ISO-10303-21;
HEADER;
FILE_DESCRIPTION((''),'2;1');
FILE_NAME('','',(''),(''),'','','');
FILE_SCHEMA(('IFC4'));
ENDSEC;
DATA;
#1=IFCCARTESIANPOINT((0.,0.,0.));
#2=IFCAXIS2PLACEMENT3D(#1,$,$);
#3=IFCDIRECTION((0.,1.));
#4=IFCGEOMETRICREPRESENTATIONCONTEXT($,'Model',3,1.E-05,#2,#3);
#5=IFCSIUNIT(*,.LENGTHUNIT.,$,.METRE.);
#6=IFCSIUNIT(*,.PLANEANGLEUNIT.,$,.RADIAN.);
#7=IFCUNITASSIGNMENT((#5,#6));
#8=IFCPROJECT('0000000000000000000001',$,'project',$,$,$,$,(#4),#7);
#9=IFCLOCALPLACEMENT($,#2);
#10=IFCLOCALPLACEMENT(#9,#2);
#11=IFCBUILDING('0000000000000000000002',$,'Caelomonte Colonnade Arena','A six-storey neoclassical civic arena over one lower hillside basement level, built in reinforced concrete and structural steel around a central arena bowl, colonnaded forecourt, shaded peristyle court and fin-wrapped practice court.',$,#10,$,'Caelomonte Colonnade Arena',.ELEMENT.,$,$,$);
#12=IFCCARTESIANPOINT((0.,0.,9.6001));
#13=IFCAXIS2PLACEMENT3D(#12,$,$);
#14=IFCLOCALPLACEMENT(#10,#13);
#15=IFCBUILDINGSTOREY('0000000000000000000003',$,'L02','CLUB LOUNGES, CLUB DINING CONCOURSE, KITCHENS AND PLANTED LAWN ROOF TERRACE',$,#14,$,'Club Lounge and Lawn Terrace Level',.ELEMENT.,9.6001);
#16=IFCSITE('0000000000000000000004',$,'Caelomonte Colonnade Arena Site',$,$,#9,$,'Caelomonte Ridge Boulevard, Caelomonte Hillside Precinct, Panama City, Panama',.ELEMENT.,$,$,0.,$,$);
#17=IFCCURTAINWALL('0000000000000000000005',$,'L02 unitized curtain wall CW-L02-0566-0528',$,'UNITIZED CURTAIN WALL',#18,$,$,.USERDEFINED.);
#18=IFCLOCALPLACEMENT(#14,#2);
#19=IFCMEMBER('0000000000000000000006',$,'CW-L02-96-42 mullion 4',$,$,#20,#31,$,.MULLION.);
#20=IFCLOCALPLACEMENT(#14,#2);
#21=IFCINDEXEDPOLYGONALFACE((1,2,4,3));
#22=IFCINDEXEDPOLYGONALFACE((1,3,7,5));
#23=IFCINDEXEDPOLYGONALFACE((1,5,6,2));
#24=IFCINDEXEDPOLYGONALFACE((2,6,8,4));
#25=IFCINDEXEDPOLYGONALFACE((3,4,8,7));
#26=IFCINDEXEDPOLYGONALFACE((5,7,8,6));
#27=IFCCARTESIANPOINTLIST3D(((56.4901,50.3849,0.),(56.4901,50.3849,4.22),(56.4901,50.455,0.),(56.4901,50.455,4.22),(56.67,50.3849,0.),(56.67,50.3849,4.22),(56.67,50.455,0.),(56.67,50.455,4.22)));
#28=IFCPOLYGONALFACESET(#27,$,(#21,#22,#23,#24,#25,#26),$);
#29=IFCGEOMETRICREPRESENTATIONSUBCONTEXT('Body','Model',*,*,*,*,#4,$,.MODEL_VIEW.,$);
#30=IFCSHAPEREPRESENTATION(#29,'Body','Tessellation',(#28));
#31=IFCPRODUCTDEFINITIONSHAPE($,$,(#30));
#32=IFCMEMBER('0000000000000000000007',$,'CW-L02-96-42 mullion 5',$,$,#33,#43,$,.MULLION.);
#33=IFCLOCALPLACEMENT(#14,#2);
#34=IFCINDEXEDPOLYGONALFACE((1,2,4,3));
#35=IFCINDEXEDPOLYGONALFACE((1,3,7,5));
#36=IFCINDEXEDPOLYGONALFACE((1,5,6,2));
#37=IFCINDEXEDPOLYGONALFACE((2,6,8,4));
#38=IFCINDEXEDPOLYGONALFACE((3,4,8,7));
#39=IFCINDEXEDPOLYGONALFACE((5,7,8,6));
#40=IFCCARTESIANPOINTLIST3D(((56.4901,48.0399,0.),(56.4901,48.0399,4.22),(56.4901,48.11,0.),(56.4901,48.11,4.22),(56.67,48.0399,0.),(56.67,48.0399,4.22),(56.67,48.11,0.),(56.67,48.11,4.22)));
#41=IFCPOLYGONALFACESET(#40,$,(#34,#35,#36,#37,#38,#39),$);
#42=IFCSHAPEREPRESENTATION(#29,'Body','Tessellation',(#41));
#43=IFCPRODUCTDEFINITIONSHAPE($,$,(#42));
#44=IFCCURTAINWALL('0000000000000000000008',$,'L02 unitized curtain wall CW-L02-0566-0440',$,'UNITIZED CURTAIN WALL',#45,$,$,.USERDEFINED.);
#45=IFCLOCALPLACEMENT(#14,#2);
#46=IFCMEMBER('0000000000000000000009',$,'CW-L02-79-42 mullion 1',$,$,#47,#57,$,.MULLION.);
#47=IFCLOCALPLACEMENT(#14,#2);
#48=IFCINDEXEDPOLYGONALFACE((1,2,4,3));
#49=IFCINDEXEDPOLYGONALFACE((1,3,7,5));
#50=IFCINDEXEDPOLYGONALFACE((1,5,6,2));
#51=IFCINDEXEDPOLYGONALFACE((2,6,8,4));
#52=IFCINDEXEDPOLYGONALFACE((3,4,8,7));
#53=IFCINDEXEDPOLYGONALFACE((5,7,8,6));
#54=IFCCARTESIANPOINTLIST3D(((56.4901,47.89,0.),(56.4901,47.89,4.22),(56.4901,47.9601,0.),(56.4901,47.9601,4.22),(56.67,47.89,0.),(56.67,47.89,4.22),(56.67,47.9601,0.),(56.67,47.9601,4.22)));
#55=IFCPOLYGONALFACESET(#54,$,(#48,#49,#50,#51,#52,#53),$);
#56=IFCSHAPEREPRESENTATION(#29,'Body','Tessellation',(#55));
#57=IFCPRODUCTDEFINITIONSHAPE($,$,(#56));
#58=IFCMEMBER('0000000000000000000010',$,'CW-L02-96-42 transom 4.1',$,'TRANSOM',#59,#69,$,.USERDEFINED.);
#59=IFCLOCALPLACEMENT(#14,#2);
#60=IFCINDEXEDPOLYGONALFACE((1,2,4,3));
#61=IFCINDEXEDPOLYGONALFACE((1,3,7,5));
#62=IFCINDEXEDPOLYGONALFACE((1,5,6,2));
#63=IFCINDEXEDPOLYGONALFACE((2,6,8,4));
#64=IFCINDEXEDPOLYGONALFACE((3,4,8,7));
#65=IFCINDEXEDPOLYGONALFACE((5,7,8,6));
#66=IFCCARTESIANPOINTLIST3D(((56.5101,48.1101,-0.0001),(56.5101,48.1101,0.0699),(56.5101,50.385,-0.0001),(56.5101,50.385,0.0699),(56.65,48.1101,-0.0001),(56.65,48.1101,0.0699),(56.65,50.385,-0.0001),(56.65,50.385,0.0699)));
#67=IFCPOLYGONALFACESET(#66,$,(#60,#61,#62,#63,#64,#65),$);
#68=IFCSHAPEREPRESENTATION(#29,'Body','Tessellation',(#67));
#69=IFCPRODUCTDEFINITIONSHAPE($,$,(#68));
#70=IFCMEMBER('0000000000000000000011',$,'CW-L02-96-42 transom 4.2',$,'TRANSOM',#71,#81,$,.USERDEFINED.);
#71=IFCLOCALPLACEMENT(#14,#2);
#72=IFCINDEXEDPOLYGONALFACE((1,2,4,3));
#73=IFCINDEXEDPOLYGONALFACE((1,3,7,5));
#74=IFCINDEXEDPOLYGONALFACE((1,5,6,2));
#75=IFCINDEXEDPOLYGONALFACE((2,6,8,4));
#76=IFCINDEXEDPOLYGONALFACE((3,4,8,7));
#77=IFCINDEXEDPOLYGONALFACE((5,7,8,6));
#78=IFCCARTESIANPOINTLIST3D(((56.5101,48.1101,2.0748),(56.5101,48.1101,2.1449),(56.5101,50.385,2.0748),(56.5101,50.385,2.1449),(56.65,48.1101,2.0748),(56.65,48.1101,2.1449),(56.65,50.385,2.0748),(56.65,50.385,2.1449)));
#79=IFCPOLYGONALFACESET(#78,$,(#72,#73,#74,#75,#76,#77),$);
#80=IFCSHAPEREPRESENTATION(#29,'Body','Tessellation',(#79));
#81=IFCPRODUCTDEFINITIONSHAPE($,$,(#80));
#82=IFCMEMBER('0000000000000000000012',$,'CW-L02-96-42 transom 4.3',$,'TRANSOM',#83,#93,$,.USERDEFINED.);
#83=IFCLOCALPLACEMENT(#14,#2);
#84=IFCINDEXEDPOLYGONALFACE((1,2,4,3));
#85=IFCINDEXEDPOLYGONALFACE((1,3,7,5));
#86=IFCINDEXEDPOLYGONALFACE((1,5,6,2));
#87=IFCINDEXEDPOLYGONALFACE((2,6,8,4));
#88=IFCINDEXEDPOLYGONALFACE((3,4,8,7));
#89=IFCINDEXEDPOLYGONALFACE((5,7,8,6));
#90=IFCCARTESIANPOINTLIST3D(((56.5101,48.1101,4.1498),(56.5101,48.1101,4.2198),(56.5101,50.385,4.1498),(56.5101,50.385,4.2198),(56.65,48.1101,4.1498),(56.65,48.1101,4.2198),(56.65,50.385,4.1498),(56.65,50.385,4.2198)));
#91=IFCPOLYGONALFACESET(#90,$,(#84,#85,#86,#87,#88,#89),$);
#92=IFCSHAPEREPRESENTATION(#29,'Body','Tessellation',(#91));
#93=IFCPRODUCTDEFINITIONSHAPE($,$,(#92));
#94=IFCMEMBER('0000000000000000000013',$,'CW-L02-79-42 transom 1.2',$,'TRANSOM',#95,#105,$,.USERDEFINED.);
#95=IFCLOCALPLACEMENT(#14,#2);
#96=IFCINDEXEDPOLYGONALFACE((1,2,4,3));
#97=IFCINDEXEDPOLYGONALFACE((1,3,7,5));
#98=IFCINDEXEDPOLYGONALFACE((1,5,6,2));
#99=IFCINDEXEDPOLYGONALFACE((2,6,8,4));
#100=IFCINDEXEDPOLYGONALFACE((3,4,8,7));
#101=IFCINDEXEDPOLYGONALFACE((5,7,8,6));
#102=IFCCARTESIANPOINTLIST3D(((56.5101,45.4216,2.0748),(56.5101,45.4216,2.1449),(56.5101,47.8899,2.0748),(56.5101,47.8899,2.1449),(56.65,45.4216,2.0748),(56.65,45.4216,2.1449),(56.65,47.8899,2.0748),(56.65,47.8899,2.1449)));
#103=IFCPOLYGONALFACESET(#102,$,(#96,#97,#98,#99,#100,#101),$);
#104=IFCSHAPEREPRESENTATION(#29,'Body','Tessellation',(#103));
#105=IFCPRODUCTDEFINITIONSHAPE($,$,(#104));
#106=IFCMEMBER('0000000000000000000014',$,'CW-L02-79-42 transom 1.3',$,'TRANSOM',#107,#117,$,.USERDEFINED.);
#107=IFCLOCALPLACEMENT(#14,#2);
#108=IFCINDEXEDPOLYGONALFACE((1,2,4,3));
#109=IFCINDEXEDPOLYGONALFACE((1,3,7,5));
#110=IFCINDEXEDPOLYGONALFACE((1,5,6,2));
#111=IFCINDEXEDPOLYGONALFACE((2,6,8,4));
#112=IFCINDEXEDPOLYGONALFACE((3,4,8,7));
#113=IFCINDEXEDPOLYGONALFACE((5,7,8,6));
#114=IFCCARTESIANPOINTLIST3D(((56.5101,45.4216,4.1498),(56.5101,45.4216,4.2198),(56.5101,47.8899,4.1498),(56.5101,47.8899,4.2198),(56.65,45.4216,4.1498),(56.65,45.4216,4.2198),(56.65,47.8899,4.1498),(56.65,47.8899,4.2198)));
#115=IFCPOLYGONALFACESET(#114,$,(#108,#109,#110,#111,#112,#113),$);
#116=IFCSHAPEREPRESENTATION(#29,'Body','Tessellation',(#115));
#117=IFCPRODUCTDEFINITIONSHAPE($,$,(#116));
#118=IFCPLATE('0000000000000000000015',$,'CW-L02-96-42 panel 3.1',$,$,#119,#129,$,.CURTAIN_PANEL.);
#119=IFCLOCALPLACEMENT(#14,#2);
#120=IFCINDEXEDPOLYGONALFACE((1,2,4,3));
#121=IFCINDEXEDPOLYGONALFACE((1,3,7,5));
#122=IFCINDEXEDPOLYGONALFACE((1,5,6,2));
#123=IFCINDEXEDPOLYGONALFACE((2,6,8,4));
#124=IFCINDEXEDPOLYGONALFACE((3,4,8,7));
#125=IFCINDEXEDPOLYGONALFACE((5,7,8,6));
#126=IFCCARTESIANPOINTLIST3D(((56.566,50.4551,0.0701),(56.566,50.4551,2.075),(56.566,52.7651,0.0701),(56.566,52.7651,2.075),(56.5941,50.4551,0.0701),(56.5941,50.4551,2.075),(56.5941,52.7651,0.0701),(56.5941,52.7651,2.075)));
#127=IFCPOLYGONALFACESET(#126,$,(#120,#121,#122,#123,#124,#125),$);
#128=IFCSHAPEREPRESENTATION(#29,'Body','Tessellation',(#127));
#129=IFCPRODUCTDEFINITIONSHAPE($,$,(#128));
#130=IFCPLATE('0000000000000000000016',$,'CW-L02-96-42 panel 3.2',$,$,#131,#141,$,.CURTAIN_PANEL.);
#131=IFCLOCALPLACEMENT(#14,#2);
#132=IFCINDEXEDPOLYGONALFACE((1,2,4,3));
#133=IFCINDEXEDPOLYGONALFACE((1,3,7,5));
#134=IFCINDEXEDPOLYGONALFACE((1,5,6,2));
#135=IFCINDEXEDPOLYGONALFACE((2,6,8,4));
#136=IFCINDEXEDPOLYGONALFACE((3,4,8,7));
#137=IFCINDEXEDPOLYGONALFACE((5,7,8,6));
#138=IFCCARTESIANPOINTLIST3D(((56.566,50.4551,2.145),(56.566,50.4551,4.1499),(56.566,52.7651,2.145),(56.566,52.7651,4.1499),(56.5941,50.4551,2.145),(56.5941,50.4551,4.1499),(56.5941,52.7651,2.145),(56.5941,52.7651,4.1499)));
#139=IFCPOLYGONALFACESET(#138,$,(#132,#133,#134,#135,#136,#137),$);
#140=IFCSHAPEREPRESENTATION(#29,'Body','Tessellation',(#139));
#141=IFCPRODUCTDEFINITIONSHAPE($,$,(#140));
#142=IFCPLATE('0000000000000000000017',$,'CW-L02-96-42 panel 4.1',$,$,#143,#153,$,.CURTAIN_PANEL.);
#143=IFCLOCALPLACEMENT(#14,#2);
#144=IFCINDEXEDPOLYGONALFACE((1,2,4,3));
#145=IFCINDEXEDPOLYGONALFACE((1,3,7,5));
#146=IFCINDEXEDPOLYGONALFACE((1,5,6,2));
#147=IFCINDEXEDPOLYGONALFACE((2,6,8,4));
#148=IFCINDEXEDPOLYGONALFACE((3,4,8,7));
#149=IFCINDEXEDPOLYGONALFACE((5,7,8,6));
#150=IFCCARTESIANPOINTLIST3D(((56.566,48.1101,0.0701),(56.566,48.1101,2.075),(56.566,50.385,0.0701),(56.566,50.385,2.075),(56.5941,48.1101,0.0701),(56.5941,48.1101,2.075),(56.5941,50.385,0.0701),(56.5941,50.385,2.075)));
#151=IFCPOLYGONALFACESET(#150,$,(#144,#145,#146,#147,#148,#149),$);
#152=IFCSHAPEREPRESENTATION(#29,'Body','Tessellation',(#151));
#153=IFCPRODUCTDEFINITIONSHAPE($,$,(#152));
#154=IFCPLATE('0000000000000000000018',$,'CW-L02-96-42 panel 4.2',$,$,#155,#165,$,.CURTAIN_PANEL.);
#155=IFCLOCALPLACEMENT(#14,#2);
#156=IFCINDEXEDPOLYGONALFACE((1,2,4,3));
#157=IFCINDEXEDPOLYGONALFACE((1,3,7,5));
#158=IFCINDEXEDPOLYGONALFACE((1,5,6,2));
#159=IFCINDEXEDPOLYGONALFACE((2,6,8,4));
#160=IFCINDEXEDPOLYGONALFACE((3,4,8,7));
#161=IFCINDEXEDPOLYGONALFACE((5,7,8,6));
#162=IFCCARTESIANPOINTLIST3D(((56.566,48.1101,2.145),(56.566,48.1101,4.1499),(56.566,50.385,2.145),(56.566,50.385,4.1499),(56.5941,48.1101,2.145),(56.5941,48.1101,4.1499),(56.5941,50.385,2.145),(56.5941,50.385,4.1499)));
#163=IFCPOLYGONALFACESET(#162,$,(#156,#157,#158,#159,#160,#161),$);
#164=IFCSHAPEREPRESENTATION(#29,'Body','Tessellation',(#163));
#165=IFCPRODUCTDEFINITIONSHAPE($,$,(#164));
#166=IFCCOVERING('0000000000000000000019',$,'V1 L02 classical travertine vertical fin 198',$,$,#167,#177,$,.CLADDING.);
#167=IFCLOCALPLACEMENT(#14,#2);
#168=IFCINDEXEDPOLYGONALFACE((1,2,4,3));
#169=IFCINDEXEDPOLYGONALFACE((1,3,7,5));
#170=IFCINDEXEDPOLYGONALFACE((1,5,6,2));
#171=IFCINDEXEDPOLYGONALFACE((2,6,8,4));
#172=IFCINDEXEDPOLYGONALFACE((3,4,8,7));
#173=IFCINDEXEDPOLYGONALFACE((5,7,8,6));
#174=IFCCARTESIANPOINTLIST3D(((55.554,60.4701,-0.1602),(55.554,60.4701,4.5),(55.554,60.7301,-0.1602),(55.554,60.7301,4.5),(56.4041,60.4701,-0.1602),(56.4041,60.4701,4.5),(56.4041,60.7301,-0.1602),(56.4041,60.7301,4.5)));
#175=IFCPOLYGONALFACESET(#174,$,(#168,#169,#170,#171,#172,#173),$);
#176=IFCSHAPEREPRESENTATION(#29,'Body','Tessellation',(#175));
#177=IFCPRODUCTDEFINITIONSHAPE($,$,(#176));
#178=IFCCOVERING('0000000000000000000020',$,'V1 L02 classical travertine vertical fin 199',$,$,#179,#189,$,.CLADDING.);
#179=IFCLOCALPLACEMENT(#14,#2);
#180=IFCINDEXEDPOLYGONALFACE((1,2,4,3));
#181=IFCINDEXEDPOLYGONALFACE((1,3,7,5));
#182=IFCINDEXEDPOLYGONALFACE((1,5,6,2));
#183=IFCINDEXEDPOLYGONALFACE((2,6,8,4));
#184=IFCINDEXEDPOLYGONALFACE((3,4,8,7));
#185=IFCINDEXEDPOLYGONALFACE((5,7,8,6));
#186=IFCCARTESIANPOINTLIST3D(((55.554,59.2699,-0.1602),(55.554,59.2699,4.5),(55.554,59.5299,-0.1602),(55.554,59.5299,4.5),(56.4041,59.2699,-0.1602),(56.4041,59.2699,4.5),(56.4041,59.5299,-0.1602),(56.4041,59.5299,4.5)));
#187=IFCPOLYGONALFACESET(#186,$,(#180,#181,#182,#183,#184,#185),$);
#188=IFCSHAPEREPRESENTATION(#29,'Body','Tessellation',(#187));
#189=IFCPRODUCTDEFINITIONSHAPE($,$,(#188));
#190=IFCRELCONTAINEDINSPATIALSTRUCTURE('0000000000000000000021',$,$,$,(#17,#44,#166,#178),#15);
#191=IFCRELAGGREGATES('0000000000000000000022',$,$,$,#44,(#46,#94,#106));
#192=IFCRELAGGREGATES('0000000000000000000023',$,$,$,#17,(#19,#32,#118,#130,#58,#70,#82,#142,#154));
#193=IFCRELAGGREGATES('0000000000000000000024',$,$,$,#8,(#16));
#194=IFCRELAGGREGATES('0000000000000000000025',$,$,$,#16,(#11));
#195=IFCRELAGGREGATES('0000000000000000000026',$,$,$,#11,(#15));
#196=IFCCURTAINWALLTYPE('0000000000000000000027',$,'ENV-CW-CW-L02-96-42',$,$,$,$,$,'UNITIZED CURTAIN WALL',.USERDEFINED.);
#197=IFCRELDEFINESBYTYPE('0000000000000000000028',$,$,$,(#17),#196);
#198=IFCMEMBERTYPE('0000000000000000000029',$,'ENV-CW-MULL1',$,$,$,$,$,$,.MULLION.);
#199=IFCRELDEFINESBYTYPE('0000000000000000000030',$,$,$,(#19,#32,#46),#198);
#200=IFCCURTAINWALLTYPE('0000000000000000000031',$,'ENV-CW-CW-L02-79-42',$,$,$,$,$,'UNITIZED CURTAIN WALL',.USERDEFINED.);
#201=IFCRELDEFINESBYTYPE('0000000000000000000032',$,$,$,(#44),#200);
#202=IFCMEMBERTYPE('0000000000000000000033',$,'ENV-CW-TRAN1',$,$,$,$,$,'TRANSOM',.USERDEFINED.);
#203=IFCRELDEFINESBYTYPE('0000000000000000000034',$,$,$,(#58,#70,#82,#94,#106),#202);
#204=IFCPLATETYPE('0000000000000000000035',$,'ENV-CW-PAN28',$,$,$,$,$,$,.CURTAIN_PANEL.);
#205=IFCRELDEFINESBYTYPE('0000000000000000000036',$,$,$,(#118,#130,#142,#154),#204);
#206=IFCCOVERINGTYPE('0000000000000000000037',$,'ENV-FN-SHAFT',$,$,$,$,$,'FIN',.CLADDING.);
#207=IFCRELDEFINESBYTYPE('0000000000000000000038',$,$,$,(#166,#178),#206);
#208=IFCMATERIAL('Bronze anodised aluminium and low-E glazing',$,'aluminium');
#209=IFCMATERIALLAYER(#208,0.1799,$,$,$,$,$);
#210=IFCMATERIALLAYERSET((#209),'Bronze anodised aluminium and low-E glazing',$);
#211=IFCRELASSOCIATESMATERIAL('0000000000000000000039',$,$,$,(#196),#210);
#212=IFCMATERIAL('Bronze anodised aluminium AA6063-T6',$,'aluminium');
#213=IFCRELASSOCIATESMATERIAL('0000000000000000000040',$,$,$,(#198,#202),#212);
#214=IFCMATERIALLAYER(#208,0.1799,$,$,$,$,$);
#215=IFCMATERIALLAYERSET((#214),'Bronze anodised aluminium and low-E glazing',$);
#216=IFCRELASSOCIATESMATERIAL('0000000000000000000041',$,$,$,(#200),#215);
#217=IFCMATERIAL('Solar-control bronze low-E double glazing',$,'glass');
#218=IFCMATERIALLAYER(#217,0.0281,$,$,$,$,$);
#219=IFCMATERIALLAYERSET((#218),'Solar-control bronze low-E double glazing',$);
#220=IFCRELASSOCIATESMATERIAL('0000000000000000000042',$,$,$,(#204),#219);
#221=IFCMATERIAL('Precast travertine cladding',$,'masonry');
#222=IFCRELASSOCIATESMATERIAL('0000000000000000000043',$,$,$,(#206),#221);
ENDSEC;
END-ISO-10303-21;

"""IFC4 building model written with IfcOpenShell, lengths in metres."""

from ifc_helpers import new_model, si_unit, direction, frame, origin, origin_2d, place, context, subcontext, project, spatial, rectangle, extrude, material, layer, layer_set, material_profile, profile_set, type_object, element, aggregate, save


model = new_model("IFC4")

# Units and contexts
model_context = context("Model", 3, precision=1e-05, world=origin(), true_north=direction((0.0, 1.0)))
body_context = subcontext(model_context, "Body", "Model", "MODEL_VIEW")
ifc_project = project(units=[si_unit("LENGTHUNIT", "METRE"), si_unit("PLANEANGLEUNIT", "RADIAN")], contexts=[model_context])

# Site, building, storey
site_placement = place(None, origin())
site = spatial("IfcSite", under=ifc_project, at=site_placement, Name="Caelomonte Colonnade Arena Site", LongName="Caelomonte Ridge Boulevard, Caelomonte Hillside Precinct, Panama City, Panama", CompositionType="ELEMENT", RefElevation=0.0)
building_placement = place(site_placement, origin())
building = spatial("IfcBuilding", under=site, at=building_placement, Name="Caelomonte Colonnade Arena", Description="A six-storey neoclassical civic arena over one lower hillside basement level, built in reinforced concrete and structural steel around a central arena bowl, colonnaded forecourt, shaded peristyle court and fin-wrapped practice court.", LongName="Caelomonte Colonnade Arena", CompositionType="ELEMENT")
storey_placement = place(building_placement, frame((0.0, 0.0, 9.6001)))
storey = spatial("IfcBuildingStorey", under=building, at=storey_placement, Name="L02", Description="CLUB LOUNGES, CLUB DINING CONCOURSE, KITCHENS AND PLANTED LAWN ROOF TERRACE", LongName="Club Lounge and Lawn Terrace Level", CompositionType="ELEMENT", Elevation=9.6001)

# Curtain wall, members
ifc_material_1 = material(Name="Bronze anodised aluminium and low-E glazing", Category="aluminium")
ifc_layer_1 = layer(ifc_material_1, 0.1799)
ifc_layer_set_1 = layer_set([ifc_layer_1], Name="Bronze anodised aluminium and low-E glazing")
curtain_wall_type_1 = type_object("IfcCurtainWallType", Name="ENV-CW-CW-L02-96-42", ElementType="UNITIZED CURTAIN WALL", PredefinedType="USERDEFINED", material=ifc_layer_set_1)
curtain_wall_1_placement = place(storey_placement, origin())
curtain_wall_1 = element("IfcCurtainWall", 1, at=curtain_wall_1_placement, inside=storey, type_object=curtain_wall_type_1, Name="L02 unitized curtain wall CW-L02-0566-0528", ObjectType="UNITIZED CURTAIN WALL", PredefinedType="USERDEFINED")
ifc_material_2 = material(Name="Bronze anodised aluminium AA6063-T6", Category="aluminium")
ifc_material_profile_1 = material_profile(ifc_material_2, rectangle(XDim=0.0701, YDim=0.1799, at=origin_2d()), Name="CWM-70X180")
ifc_profile_set_1 = profile_set([ifc_material_profile_1], Name="Bronze anodised aluminium AA6063-T6")
member_type_1 = type_object("IfcMemberType", Name="ENV-CW-MULL1", PredefinedType="MULLION", material=ifc_profile_set_1)
member_1_placement = place(storey_placement, frame((56.5801, 50.4199, 0.0), z_axis=(0.0, 0.0, 1.0), x_axis=(0.0, -1.0, 0.0)))
member_1 = element("IfcMember", 2, at=member_1_placement, type_object=member_type_1, Name="CW-L02-96-42 mullion 4", PredefinedType="MULLION", context=body_context, shape_type="SweptSolid", body=[
    extrude(rectangle(XDim=0.0701, YDim=0.1799, at=origin_2d()), origin(), (0.0, 0.0, 1.0), 4.22),
])
member_2_placement = place(storey_placement, frame((56.5801, 48.075, 0.0), z_axis=(0.0, 0.0, 1.0), x_axis=(0.0, -1.0, 0.0)))
member_2 = element("IfcMember", 3, at=member_2_placement, type_object=member_type_1, Name="CW-L02-96-42 mullion 5", PredefinedType="MULLION", context=body_context, shape_type="SweptSolid", body=[
    extrude(rectangle(XDim=0.0701, YDim=0.1799, at=origin_2d()), origin(), (0.0, 0.0, 1.0), 4.22),
])

# Curtain wall, member
ifc_layer_2 = layer(ifc_material_1, 0.1799)
ifc_layer_set_2 = layer_set([ifc_layer_2], Name="Bronze anodised aluminium and low-E glazing")
curtain_wall_type_2 = type_object("IfcCurtainWallType", Name="ENV-CW-CW-L02-79-42", ElementType="UNITIZED CURTAIN WALL", PredefinedType="USERDEFINED", material=ifc_layer_set_2)
curtain_wall_2_placement = place(storey_placement, origin())
curtain_wall_2 = element("IfcCurtainWall", 4, at=curtain_wall_2_placement, inside=storey, type_object=curtain_wall_type_2, Name="L02 unitized curtain wall CW-L02-0566-0440", ObjectType="UNITIZED CURTAIN WALL", PredefinedType="USERDEFINED")
member_3_placement = place(storey_placement, frame((56.5801, 47.925, 0.0), z_axis=(0.0, 0.0, 1.0), x_axis=(0.0, -1.0, 0.0)))
member_3 = element("IfcMember", 5, at=member_3_placement, type_object=member_type_1, Name="CW-L02-79-42 mullion 1", PredefinedType="MULLION", context=body_context, shape_type="SweptSolid", body=[
    extrude(rectangle(XDim=0.0701, YDim=0.1799, at=origin_2d()), origin(), (0.0, 0.0, 1.0), 4.22),
])

# Members
ifc_material_profile_2 = material_profile(ifc_material_2, rectangle(XDim=0.0701, YDim=0.1399, at=origin_2d()), Name="CWT-70X140")
ifc_profile_set_2 = profile_set([ifc_material_profile_2], Name="Bronze anodised aluminium AA6063-T6")
member_type_2 = type_object("IfcMemberType", Name="ENV-CW-TRAN1", ElementType="TRANSOM", PredefinedType="USERDEFINED", material=ifc_profile_set_2)
member_4_placement = place(storey_placement, frame((56.5801, 50.385, 0.0349), z_axis=(0.0, -1.0, 0.0), x_axis=(0.0, 0.0, 1.0)))
member_4 = element("IfcMember", 6, at=member_4_placement, type_object=member_type_2, Name="CW-L02-96-42 transom 4.1", ObjectType="TRANSOM", PredefinedType="USERDEFINED", context=body_context, shape_type="SweptSolid", body=[
    extrude(rectangle(XDim=0.0701, YDim=0.1399, at=origin_2d()), origin(), (0.0, 0.0, 1.0), 2.2749),
])
member_5_placement = place(storey_placement, frame((56.5801, 50.385, 2.1099), z_axis=(0.0, -1.0, 0.0), x_axis=(0.0, 0.0, 1.0)))
member_5 = element("IfcMember", 7, at=member_5_placement, type_object=member_type_2, Name="CW-L02-96-42 transom 4.2", ObjectType="TRANSOM", PredefinedType="USERDEFINED", context=body_context, shape_type="SweptSolid", body=[
    extrude(rectangle(XDim=0.0701, YDim=0.1399, at=origin_2d()), origin(), (0.0, 0.0, 1.0), 2.2749),
])
member_6_placement = place(storey_placement, frame((56.5801, 50.385, 4.1848), z_axis=(0.0, -1.0, 0.0), x_axis=(0.0, 0.0, 1.0)))
member_6 = element("IfcMember", 8, at=member_6_placement, type_object=member_type_2, Name="CW-L02-96-42 transom 4.3", ObjectType="TRANSOM", PredefinedType="USERDEFINED", context=body_context, shape_type="SweptSolid", body=[
    extrude(rectangle(XDim=0.0701, YDim=0.1399, at=origin_2d()), origin(), (0.0, 0.0, 1.0), 2.2749),
])
member_7_placement = place(storey_placement, frame((56.5801, 47.8899, 2.1099), z_axis=(0.0, -1.0, 0.0), x_axis=(0.0, 0.0, 1.0)))
member_7 = element("IfcMember", 9, at=member_7_placement, type_object=member_type_2, Name="CW-L02-79-42 transom 1.2", ObjectType="TRANSOM", PredefinedType="USERDEFINED", context=body_context, shape_type="SweptSolid", body=[
    extrude(rectangle(XDim=0.0701, YDim=0.1399, at=origin_2d()), origin(), (0.0, 0.0, 1.0), 2.4683),
])
member_8_placement = place(storey_placement, frame((56.5801, 47.8899, 4.1848), z_axis=(0.0, -1.0, 0.0), x_axis=(0.0, 0.0, 1.0)))
member_8 = element("IfcMember", 10, at=member_8_placement, type_object=member_type_2, Name="CW-L02-79-42 transom 1.3", ObjectType="TRANSOM", PredefinedType="USERDEFINED", context=body_context, shape_type="SweptSolid", body=[
    extrude(rectangle(XDim=0.0701, YDim=0.1399, at=origin_2d()), origin(), (0.0, 0.0, 1.0), 2.4683),
])
aggregate(curtain_wall_2, [member_3, member_7, member_8])

# Plates
ifc_material_3 = material(Name="Solar-control bronze low-E double glazing", Category="glass")
ifc_layer_3 = layer(ifc_material_3, 0.0281)
ifc_layer_set_3 = layer_set([ifc_layer_3], Name="Solar-control bronze low-E double glazing")
plate_type = type_object("IfcPlateType", Name="ENV-CW-PAN28", PredefinedType="CURTAIN_PANEL", material=ifc_layer_set_3)
plate_1_placement = place(storey_placement, frame((56.5801, 51.6101, 0.0701), z_axis=(0.0, 0.0, 1.0), x_axis=(0.0, -1.0, 0.0)))
plate_1 = element("IfcPlate", 11, at=plate_1_placement, type_object=plate_type, Name="CW-L02-96-42 panel 3.1", PredefinedType="CURTAIN_PANEL", context=body_context, shape_type="SweptSolid", body=[
    extrude(rectangle(XDim=2.3101, YDim=0.0281, at=origin_2d()), origin(), (0.0, 0.0, 1.0), 2.0049),
])
plate_2_placement = place(storey_placement, frame((56.5801, 51.6101, 2.145), z_axis=(0.0, 0.0, 1.0), x_axis=(0.0, -1.0, 0.0)))
plate_2 = element("IfcPlate", 12, at=plate_2_placement, type_object=plate_type, Name="CW-L02-96-42 panel 3.2", PredefinedType="CURTAIN_PANEL", context=body_context, shape_type="SweptSolid", body=[
    extrude(rectangle(XDim=2.3101, YDim=0.0281, at=origin_2d()), origin(), (0.0, 0.0, 1.0), 2.0049),
])
plate_3_placement = place(storey_placement, frame((56.5801, 49.2476, 0.0701), z_axis=(0.0, 0.0, 1.0), x_axis=(0.0, -1.0, 0.0)))
plate_3 = element("IfcPlate", 13, at=plate_3_placement, type_object=plate_type, Name="CW-L02-96-42 panel 4.1", PredefinedType="CURTAIN_PANEL", context=body_context, shape_type="SweptSolid", body=[
    extrude(rectangle(XDim=2.2749, YDim=0.0281, at=origin_2d()), origin(), (0.0, 0.0, 1.0), 2.0049),
])
plate_4_placement = place(storey_placement, frame((56.5801, 49.2476, 2.145), z_axis=(0.0, 0.0, 1.0), x_axis=(0.0, -1.0, 0.0)))
plate_4 = element("IfcPlate", 14, at=plate_4_placement, type_object=plate_type, Name="CW-L02-96-42 panel 4.2", PredefinedType="CURTAIN_PANEL", context=body_context, shape_type="SweptSolid", body=[
    extrude(rectangle(XDim=2.2749, YDim=0.0281, at=origin_2d()), origin(), (0.0, 0.0, 1.0), 2.0049),
])
aggregate(curtain_wall_1, [member_1, member_2, plate_1, plate_2, member_4, member_5, member_6, plate_3, plate_4])

# Coverings
ifc_material_4 = material(Name="Precast travertine cladding", Category="masonry")
ifc_material_profile_3 = material_profile(ifc_material_4, rectangle(XDim=0.26, YDim=0.8501, at=origin_2d()), Name="FIN260X850")
ifc_profile_set_3 = profile_set([ifc_material_profile_3], Name="Precast travertine cladding")
covering_type = type_object("IfcCoveringType", Name="ENV-FN-SHAFT", ElementType="FIN", PredefinedType="CLADDING", material=ifc_profile_set_3)
for number, where, z_axis, x_axis, name in (
    (15, (55.979, 60.6001, -0.1602), (0.0, 0.0, 1.0), (0.0, 1.0, 0.0), "V1 L02 classical travertine vertical fin 198"),
    (16, (55.979, 59.3999, -0.1602), (0.0, 0.0, 1.0), (0.0, 1.0, 0.0), "V1 L02 classical travertine vertical fin 199"),
):
    element("IfcCovering", number, at=place(storey_placement, frame(where, z_axis=z_axis, x_axis=x_axis)), inside=storey, type_object=covering_type, Name=name, PredefinedType="CLADDING", context=body_context, shape_type="SweptSolid", body=[
        extrude(rectangle(XDim=0.26, YDim=0.8501, at=origin_2d()), origin(), (0.0, 0.0, 1.0), 4.6602),
    ])

save(model, "model.ifc")
